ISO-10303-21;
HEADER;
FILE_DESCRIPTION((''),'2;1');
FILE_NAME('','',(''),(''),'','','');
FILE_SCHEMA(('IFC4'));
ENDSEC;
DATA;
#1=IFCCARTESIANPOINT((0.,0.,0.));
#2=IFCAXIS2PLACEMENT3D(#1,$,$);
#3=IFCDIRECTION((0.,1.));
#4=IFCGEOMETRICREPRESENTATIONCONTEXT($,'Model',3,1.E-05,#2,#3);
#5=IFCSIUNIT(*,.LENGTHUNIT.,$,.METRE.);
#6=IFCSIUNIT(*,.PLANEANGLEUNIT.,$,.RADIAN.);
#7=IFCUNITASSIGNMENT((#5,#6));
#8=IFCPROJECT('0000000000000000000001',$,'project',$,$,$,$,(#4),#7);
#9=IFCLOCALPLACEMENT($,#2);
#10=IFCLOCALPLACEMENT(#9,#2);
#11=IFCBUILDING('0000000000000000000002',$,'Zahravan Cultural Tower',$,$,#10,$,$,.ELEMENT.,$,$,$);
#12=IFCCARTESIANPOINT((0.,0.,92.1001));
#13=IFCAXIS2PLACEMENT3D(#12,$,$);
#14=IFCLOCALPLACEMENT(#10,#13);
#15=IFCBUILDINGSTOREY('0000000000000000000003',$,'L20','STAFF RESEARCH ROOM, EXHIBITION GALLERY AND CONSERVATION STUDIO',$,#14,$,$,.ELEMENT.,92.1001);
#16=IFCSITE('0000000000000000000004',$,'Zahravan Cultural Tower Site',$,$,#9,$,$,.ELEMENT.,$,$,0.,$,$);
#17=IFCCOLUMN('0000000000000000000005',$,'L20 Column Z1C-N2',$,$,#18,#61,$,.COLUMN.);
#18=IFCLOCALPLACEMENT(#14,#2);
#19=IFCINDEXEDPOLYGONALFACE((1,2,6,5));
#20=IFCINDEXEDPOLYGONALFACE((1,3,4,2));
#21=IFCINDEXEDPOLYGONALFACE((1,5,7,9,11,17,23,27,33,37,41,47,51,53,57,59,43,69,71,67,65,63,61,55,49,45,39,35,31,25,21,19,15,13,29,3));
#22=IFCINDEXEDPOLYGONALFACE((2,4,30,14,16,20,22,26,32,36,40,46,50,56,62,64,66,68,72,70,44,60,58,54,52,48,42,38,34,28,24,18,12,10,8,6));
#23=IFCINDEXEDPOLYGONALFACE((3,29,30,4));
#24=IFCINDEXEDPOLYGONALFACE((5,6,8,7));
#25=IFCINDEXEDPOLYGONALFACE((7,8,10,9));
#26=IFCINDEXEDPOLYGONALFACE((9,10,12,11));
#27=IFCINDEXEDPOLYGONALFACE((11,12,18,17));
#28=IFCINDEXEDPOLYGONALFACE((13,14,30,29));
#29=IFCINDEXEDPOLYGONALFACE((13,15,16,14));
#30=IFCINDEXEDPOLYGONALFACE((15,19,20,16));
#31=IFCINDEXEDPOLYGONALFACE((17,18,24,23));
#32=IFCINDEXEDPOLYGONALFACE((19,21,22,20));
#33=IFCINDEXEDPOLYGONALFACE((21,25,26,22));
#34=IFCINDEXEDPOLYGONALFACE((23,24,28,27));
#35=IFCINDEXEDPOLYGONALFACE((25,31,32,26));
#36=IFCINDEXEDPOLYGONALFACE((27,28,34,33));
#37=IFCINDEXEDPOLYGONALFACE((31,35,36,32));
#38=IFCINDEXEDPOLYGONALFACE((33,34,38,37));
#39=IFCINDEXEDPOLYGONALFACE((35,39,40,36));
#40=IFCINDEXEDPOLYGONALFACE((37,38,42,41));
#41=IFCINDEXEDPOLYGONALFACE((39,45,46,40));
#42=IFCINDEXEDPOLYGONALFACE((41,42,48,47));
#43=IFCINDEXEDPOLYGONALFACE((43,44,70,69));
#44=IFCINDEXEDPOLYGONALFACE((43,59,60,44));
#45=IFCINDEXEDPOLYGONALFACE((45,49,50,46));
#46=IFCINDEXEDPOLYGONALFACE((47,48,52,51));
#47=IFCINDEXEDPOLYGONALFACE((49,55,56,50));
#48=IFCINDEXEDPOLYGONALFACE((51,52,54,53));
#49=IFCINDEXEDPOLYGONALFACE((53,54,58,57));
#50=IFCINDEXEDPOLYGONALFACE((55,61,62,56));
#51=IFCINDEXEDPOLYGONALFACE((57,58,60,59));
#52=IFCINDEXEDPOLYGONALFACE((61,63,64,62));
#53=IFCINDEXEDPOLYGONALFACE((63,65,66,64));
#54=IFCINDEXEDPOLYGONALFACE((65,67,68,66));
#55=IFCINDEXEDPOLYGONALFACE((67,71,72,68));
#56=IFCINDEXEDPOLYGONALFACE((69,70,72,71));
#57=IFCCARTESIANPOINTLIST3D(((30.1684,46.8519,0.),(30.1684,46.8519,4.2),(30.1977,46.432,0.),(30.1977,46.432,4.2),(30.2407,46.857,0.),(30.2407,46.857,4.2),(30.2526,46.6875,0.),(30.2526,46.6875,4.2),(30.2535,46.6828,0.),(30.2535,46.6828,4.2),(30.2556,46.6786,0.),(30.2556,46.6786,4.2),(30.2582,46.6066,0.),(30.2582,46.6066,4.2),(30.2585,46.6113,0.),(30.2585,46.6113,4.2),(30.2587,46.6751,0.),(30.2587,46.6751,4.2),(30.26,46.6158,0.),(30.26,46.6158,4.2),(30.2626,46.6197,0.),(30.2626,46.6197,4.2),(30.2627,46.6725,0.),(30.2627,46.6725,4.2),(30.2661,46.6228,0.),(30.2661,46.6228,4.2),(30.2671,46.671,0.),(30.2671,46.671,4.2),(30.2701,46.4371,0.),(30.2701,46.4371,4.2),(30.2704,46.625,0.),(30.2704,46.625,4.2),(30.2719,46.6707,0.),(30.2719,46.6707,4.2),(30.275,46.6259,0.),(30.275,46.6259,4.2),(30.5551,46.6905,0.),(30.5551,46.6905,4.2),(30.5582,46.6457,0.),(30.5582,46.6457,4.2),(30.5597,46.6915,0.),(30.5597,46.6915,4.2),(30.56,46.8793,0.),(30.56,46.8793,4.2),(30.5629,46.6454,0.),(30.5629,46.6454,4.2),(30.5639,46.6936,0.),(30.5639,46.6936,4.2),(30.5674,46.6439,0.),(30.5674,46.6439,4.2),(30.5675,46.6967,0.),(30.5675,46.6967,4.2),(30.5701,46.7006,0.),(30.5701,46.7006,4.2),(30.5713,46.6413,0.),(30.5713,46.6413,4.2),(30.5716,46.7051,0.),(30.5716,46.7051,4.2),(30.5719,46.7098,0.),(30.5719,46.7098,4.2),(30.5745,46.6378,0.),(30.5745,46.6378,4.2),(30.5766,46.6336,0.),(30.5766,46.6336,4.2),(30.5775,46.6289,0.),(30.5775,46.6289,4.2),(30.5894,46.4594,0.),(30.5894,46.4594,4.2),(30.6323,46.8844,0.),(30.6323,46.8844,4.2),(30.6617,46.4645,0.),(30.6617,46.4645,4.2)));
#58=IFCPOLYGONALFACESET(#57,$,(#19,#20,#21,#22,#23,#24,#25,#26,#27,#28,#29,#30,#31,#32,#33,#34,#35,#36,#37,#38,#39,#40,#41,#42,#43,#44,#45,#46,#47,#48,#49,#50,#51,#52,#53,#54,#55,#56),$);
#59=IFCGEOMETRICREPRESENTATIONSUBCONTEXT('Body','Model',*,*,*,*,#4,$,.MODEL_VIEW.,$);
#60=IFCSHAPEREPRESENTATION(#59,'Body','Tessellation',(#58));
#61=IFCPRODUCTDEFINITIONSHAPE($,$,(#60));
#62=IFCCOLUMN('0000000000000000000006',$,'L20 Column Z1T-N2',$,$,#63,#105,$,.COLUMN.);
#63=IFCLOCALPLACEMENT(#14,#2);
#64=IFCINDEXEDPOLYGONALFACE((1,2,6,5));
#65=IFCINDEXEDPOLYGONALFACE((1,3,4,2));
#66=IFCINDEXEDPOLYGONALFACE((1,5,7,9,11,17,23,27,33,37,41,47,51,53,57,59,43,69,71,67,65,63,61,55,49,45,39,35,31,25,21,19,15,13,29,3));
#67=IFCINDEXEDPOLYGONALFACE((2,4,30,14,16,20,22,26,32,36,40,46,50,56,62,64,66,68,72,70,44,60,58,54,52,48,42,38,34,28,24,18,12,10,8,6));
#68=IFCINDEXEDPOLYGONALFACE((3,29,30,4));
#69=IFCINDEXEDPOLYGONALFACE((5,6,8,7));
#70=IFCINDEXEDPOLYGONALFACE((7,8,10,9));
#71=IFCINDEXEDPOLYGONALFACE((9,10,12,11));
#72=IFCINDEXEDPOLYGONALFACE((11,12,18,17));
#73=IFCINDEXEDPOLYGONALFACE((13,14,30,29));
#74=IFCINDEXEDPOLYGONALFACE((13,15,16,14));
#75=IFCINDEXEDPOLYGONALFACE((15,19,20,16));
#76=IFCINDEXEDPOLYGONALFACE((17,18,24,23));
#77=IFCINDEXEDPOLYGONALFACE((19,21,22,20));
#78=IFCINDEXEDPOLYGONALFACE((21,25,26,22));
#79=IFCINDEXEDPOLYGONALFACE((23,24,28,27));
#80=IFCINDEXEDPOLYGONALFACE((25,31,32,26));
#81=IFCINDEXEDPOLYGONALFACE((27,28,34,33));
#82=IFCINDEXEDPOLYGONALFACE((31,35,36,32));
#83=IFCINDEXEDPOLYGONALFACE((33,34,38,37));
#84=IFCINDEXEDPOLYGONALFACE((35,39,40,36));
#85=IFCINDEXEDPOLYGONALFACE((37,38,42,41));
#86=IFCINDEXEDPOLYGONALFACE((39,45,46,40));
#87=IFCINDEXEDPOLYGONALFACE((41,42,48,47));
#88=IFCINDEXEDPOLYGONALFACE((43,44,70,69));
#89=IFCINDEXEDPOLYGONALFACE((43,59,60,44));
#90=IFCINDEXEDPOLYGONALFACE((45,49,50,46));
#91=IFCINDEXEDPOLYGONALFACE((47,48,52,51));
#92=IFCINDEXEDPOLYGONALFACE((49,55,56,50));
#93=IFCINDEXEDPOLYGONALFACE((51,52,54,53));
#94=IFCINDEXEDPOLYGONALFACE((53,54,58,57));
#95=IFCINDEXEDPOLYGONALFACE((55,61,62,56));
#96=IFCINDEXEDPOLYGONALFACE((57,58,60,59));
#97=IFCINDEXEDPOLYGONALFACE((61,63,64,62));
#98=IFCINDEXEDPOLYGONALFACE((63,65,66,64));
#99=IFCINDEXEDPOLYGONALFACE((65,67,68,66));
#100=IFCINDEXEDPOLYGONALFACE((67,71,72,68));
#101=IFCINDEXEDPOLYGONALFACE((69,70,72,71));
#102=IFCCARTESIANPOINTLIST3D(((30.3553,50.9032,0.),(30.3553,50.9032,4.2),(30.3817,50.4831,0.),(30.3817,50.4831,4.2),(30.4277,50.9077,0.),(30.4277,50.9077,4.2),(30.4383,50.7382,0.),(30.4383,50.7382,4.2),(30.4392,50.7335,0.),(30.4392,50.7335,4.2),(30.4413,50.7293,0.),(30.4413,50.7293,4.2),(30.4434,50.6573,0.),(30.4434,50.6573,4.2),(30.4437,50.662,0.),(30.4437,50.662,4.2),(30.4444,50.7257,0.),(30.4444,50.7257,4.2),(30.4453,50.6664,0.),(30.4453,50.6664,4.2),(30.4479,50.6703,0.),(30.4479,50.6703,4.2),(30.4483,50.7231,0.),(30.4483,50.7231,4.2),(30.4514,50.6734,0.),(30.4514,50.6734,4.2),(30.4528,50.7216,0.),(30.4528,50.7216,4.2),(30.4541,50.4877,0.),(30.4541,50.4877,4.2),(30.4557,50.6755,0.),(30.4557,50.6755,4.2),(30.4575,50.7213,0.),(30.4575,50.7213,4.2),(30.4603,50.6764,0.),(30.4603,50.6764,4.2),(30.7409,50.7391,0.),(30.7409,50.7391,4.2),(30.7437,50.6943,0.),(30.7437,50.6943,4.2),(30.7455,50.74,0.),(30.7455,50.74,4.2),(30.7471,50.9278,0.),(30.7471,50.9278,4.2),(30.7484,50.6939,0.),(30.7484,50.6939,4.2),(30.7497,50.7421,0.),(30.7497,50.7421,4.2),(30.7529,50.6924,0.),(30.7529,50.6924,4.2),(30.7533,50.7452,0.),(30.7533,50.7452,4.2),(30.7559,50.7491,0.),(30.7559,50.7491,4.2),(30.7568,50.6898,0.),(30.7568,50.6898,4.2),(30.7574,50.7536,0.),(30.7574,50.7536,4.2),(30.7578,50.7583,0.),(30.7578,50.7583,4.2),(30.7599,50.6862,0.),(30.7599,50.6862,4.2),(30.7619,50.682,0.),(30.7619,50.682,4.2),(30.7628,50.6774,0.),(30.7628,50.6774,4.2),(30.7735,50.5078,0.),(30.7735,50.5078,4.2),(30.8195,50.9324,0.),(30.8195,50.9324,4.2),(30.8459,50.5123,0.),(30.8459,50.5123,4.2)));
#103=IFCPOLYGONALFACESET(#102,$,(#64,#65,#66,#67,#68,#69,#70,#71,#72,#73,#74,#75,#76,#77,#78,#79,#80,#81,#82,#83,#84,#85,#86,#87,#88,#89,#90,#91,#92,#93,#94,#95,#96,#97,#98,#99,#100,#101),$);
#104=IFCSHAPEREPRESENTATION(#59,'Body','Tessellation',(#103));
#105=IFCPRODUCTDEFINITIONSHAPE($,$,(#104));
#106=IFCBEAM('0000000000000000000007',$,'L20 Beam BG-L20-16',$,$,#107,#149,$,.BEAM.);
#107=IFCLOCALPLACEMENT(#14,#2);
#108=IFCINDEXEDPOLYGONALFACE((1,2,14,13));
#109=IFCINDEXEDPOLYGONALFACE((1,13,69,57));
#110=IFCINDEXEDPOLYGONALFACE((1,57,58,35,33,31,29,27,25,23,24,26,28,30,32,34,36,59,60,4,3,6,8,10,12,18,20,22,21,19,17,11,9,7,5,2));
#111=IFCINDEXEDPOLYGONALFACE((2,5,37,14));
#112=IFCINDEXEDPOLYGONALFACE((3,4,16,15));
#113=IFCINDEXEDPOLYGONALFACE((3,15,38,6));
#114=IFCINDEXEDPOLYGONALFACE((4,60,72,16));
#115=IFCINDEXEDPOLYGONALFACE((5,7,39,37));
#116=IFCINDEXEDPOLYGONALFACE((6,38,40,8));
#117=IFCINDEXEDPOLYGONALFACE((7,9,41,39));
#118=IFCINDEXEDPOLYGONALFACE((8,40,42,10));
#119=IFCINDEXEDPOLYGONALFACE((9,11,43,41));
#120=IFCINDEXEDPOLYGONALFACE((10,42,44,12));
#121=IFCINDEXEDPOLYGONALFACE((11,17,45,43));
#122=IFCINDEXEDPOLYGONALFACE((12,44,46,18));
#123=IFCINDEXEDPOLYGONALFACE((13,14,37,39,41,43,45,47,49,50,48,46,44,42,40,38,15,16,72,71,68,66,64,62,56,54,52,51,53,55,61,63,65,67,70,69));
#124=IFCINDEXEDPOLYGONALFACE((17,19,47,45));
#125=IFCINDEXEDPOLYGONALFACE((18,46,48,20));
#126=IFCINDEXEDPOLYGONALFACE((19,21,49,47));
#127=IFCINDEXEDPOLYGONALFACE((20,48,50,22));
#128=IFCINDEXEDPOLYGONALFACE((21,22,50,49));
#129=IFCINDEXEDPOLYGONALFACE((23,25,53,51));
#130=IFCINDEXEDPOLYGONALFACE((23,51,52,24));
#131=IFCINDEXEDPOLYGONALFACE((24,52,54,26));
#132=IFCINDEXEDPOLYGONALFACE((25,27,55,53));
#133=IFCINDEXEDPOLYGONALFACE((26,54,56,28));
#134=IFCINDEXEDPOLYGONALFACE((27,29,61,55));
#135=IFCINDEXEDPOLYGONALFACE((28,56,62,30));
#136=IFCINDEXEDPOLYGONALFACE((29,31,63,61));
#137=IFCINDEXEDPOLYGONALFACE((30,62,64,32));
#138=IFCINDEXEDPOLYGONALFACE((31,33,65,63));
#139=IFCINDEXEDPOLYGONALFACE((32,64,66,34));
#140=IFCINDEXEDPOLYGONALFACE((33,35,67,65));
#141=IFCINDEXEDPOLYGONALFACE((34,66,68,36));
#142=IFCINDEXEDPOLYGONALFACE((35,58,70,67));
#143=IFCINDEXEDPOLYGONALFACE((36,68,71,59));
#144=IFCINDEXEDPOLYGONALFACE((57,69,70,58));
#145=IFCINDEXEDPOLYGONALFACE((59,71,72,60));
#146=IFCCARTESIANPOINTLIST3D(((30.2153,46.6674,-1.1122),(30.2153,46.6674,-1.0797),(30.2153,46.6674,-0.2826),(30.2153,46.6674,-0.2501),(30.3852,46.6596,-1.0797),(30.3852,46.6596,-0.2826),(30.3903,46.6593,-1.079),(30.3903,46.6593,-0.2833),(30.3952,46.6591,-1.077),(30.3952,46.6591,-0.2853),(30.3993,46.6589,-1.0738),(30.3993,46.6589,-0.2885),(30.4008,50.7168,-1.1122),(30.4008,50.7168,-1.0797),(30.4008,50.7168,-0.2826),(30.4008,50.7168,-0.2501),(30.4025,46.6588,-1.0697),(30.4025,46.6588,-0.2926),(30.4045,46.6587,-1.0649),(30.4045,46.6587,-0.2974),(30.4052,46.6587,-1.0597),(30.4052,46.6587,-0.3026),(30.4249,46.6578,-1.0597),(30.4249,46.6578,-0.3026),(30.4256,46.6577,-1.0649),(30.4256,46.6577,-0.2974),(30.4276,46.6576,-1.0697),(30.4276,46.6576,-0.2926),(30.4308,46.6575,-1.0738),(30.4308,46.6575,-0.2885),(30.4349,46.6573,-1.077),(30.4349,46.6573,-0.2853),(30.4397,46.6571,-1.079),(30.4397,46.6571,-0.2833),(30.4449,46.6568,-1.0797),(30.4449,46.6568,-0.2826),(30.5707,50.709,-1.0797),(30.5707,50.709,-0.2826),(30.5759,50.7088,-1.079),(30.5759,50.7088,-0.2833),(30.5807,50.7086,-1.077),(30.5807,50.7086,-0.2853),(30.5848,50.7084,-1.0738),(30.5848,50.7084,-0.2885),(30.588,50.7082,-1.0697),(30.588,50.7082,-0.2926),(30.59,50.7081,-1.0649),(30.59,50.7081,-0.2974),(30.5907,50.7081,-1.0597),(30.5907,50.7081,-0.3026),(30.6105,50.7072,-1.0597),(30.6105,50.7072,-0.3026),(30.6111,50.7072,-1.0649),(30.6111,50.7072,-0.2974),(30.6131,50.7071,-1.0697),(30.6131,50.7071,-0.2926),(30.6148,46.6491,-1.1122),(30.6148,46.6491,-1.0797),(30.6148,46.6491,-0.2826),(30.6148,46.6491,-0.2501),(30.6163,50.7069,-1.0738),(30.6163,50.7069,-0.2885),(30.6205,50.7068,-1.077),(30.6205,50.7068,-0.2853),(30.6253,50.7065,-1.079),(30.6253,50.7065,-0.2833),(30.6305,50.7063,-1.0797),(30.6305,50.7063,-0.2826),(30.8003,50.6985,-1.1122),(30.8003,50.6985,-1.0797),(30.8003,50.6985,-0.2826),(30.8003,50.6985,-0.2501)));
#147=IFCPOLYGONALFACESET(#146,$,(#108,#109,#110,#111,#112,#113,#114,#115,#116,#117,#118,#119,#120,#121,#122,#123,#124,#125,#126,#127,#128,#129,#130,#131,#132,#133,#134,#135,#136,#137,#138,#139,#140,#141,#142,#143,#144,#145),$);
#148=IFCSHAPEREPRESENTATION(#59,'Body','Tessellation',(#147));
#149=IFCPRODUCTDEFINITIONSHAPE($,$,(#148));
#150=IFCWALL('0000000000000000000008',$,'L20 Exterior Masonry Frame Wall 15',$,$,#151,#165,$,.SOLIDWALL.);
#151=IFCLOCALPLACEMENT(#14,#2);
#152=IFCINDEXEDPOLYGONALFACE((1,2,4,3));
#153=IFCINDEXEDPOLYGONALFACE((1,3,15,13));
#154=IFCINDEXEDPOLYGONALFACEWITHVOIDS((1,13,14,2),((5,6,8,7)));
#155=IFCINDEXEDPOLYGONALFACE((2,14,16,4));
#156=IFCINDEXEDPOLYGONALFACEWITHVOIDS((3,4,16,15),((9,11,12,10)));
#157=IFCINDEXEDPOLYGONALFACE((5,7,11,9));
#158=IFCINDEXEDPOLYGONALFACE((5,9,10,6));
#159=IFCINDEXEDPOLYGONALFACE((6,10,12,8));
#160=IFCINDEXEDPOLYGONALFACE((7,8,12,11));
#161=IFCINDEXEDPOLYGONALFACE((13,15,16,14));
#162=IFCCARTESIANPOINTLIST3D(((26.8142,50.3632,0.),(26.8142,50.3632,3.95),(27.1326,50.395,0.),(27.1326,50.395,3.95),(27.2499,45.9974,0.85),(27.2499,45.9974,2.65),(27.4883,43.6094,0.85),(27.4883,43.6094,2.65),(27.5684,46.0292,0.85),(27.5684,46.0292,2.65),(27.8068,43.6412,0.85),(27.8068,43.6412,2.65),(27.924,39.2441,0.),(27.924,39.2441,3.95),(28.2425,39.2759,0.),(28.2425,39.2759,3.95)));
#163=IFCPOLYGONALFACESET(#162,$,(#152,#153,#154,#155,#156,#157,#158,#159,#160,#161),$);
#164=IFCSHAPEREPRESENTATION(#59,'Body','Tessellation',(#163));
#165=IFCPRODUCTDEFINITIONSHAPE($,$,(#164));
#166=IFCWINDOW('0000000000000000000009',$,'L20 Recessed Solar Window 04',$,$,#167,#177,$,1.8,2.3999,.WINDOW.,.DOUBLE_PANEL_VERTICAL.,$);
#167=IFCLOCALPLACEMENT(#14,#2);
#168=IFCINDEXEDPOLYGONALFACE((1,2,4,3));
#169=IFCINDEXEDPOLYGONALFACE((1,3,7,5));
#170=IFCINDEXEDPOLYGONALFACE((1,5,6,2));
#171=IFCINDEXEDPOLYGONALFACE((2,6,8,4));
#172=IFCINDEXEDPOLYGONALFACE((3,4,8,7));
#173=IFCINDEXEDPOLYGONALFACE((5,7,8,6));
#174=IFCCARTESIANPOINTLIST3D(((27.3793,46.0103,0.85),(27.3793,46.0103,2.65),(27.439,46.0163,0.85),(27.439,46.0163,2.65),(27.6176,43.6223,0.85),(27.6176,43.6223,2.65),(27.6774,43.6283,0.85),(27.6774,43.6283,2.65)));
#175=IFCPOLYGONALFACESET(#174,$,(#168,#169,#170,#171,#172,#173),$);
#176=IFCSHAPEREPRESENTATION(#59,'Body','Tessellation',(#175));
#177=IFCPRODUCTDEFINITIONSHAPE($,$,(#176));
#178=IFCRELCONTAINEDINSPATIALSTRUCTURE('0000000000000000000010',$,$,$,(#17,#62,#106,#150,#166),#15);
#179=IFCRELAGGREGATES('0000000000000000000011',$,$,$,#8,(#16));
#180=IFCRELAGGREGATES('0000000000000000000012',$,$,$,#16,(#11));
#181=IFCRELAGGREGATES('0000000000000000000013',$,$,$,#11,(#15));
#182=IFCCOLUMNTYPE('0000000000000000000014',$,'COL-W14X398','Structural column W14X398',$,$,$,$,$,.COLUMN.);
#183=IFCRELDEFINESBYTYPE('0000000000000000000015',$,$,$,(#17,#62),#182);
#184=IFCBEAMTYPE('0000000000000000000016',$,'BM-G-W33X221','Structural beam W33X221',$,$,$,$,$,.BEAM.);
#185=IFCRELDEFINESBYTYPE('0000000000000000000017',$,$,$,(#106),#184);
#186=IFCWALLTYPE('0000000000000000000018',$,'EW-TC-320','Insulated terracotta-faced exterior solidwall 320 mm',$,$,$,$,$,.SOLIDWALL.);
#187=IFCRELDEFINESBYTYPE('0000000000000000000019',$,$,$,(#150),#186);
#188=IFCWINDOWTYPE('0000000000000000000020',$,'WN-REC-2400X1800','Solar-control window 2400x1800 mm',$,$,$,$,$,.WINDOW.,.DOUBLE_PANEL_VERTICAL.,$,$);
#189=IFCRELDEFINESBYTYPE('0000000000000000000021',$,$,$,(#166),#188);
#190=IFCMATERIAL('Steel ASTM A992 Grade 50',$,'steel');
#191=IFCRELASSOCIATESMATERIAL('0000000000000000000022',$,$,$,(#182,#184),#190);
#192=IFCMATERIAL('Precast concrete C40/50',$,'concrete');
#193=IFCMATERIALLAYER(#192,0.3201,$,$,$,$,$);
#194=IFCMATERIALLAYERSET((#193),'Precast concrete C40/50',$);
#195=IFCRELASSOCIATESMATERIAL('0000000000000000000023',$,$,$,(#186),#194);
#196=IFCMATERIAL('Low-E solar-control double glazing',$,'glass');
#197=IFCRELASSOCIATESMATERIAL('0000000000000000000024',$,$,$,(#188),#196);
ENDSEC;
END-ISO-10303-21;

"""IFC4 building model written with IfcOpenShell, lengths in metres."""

from ifc_helpers import new_model, si_unit, direction, frame, frame_2d, origin, origin_2d, place, context, subcontext, project, spatial, rectangle, i_section, extrude, source, transform, mapped, material, layer, layer_set, material_profile, profile_set, type_object, element, fill, save


model = new_model("IFC4")

# Units and contexts
model_context = context("Model", 3, precision=1e-05, world=origin(), true_north=direction((0.0, 1.0)))
body_context = subcontext(model_context, "Body", "Model", "MODEL_VIEW")
ifc_project = project(units=[si_unit("LENGTHUNIT", "METRE"), si_unit("PLANEANGLEUNIT", "RADIAN")], contexts=[model_context])

# Site, building, storey
site_placement = place(None, origin())
site = spatial("IfcSite", under=ifc_project, at=site_placement, Name="Zahravan Cultural Tower Site", CompositionType="ELEMENT", RefElevation=0.0)
building_placement = place(site_placement, origin())
building = spatial("IfcBuilding", under=site, at=building_placement, Name="Zahravan Cultural Tower", CompositionType="ELEMENT")
storey_placement = place(building_placement, frame((0.0, 0.0, 92.1001)))
storey = spatial("IfcBuildingStorey", under=building, at=storey_placement, Name="L20", Description="STAFF RESEARCH ROOM, EXHIBITION GALLERY AND CONSERVATION STUDIO", CompositionType="ELEMENT", Elevation=92.1001)

# Columns
ifc_material_1 = material(Name="Steel ASTM A992 Grade 50", Category="steel")
ifc_material_profile_1 = material_profile(ifc_material_1, i_section(OverallWidth=0.4209, OverallDepth=0.4651, WebThickness=0.0449, FlangeThickness=0.0725, FilletRadius=0.0181, at=origin_2d()), Name="W14X398")
ifc_profile_set_1 = profile_set([ifc_material_profile_1], Name="Steel ASTM A992 Grade 50")
column_type = type_object("IfcColumnType", Name="COL-W14X398", Description="Structural column W14X398", PredefinedType="COLUMN", material=ifc_profile_set_1)
shared_shape_1 = source(origin(), body_context, "Body", "SweptSolid", [
    extrude(i_section(OverallWidth=0.4209, OverallDepth=0.4651, WebThickness=0.0449, FlangeThickness=0.0725, FilletRadius=0.0181, at=origin_2d()), origin(), (0.0, 0.0, 1.0), 4.2),
])
for number, where, z_axis, x_axis, name in (
    (1, (30.415, 46.6582, 0.0), (0.0, 0.0, 1.0), (-0.069756, 0.997564, 0.0), "L20 Column Z1C-N2"),
    (2, (30.6006, 50.7078, 0.0), (0.0, 0.0, 1.0), (-0.062791, 0.998027, 0.0), "L20 Column Z1T-N2"),
):
    element("IfcColumn", number, at=place(storey_placement, frame(where, z_axis=z_axis, x_axis=x_axis)), inside=storey, type_object=column_type, Name=name, PredefinedType="COLUMN", context=body_context, shape_type="MappedRepresentation", body=[
        mapped(shared_shape_1, transform((0.0, 0.0, 0.0), x_axis=(1.0, 0.0, 0.0), y_axis=(0.0, 1.0, 0.0), z_axis=(0.0, 0.0, 1.0), scale=1.0)),
    ])

# Beam
ifc_material_profile_2 = material_profile(ifc_material_1, i_section(OverallWidth=0.3999, OverallDepth=0.8621, WebThickness=0.0198, FlangeThickness=0.0325, FilletRadius=0.02, at=origin_2d()), Name="W33X221")
ifc_profile_set_2 = profile_set([ifc_material_profile_2], Name="Steel ASTM A992 Grade 50")
beam_type = type_object("IfcBeamType", Name="BM-G-W33X221", Description="Structural beam W33X221", PredefinedType="BEAM", material=ifc_profile_set_2)
shared_shape_2 = source(origin(), body_context, "Body", "SweptSolid", [
    extrude(i_section(OverallWidth=0.3999, OverallDepth=0.8621, WebThickness=0.0198, FlangeThickness=0.0325, FilletRadius=0.02, at=origin_2d()), origin(), (0.0, 0.0, 1.0), 4.0537),
])
beam_placement = place(storey_placement, frame((30.415, 46.6582, -0.6812), z_axis=(0.045771, 0.998952, 0.0), x_axis=(-0.998952, 0.045771, 0.0)))
element("IfcBeam", 3, at=beam_placement, inside=storey, type_object=beam_type, Name="L20 Beam BG-L20-16", PredefinedType="BEAM", context=body_context, shape_type="MappedRepresentation", body=[
    mapped(shared_shape_2, transform((0.0, 0.0, 0.0), x_axis=(1.0, 0.0, 0.0), y_axis=(0.0, 1.0, 0.0), z_axis=(0.0, 0.0, 1.0), scale=1.0)),
])

# Shared definitions
ifc_material_2 = material(Name="Precast concrete C40/50", Category="concrete")
ifc_layer_1 = layer(ifc_material_2, 0.3201)
ifc_layer_set_1 = layer_set([ifc_layer_1], Name="Precast concrete C40/50")
wall_type_1 = type_object("IfcWallType", Name="EW-TC-320", Description="Insulated terracotta-faced exterior solidwall 320 mm", PredefinedType="SOLIDWALL", material=ifc_layer_set_1)

# Wall, opening, window
wall_1_placement = place(storey_placement, frame((28.0833, 39.26, 0.0), z_axis=(0.0, 0.0, 1.0), x_axis=(-0.099322, 0.995055, 0.0)))
wall_1 = element("IfcWall", 4, at=wall_1_placement, inside=storey, type_object=wall_type_1, Name="L20 Exterior Masonry Frame Wall 15", PredefinedType="SOLIDWALL", context=body_context, shape_type="SweptSolid", body=[
    extrude(rectangle(XDim=11.1743, YDim=0.3201, at=frame_2d((5.5872, 0.0))), origin(), (0.0, 0.0, 1.0), 3.95),
])
opening_1_placement = place(wall_1_placement, frame((4.387, 0.0, 0.8501)))
opening_1 = element("IfcOpeningElement", 5, at=opening_1_placement, cuts=wall_1, PredefinedType="OPENING", context=body_context, shape_type="SweptSolid", body=[
    extrude(rectangle(XDim=2.3999, YDim=1.8, at=frame_2d((1.2, 0.8999))), frame((0.0, 0.1699, 0.0), z_axis=(0.0, -1.0, 0.0), x_axis=(1.0, 0.0, 0.0)), (0.0, 0.0, 1.0), 0.3401),
])
ifc_material_3 = material(Name="Low-E solar-control double glazing", Category="glass")
window_type = type_object("IfcWindowType", Name="WN-REC-2400X1800", Description="Solar-control window 2400x1800 mm", PartitioningType="DOUBLE_PANEL_VERTICAL", PredefinedType="WINDOW", material=ifc_material_3)
shared_shape_3 = source(origin(), body_context, "Body", "SweptSolid", [
    extrude(rectangle(XDim=2.3999, YDim=1.8, at=frame_2d((1.2, 0.8999))), frame((0.0, 0.03, 0.0), z_axis=(0.0, -1.0, 0.0), x_axis=(1.0, 0.0, 0.0)), (0.0, 0.0, 1.0), 0.0601),
])
window_1_placement = place(opening_1_placement, origin())
window_1 = element("IfcWindow", 6, at=window_1_placement, inside=storey, type_object=window_type, Name="L20 Recessed Solar Window 04", OverallHeight=1.8, OverallWidth=2.3999, PartitioningType="DOUBLE_PANEL_VERTICAL", PredefinedType="WINDOW", context=body_context, shape_type="MappedRepresentation", body=[
    mapped(shared_shape_3, transform((0.0, 0.0, 0.0), x_axis=(1.0, 0.0, 0.0), y_axis=(0.0, 1.0, 0.0), z_axis=(0.0, 0.0, 1.0), scale=1.0)),
])
fill(opening_1, window_1)

save(model, "model.ifc")
